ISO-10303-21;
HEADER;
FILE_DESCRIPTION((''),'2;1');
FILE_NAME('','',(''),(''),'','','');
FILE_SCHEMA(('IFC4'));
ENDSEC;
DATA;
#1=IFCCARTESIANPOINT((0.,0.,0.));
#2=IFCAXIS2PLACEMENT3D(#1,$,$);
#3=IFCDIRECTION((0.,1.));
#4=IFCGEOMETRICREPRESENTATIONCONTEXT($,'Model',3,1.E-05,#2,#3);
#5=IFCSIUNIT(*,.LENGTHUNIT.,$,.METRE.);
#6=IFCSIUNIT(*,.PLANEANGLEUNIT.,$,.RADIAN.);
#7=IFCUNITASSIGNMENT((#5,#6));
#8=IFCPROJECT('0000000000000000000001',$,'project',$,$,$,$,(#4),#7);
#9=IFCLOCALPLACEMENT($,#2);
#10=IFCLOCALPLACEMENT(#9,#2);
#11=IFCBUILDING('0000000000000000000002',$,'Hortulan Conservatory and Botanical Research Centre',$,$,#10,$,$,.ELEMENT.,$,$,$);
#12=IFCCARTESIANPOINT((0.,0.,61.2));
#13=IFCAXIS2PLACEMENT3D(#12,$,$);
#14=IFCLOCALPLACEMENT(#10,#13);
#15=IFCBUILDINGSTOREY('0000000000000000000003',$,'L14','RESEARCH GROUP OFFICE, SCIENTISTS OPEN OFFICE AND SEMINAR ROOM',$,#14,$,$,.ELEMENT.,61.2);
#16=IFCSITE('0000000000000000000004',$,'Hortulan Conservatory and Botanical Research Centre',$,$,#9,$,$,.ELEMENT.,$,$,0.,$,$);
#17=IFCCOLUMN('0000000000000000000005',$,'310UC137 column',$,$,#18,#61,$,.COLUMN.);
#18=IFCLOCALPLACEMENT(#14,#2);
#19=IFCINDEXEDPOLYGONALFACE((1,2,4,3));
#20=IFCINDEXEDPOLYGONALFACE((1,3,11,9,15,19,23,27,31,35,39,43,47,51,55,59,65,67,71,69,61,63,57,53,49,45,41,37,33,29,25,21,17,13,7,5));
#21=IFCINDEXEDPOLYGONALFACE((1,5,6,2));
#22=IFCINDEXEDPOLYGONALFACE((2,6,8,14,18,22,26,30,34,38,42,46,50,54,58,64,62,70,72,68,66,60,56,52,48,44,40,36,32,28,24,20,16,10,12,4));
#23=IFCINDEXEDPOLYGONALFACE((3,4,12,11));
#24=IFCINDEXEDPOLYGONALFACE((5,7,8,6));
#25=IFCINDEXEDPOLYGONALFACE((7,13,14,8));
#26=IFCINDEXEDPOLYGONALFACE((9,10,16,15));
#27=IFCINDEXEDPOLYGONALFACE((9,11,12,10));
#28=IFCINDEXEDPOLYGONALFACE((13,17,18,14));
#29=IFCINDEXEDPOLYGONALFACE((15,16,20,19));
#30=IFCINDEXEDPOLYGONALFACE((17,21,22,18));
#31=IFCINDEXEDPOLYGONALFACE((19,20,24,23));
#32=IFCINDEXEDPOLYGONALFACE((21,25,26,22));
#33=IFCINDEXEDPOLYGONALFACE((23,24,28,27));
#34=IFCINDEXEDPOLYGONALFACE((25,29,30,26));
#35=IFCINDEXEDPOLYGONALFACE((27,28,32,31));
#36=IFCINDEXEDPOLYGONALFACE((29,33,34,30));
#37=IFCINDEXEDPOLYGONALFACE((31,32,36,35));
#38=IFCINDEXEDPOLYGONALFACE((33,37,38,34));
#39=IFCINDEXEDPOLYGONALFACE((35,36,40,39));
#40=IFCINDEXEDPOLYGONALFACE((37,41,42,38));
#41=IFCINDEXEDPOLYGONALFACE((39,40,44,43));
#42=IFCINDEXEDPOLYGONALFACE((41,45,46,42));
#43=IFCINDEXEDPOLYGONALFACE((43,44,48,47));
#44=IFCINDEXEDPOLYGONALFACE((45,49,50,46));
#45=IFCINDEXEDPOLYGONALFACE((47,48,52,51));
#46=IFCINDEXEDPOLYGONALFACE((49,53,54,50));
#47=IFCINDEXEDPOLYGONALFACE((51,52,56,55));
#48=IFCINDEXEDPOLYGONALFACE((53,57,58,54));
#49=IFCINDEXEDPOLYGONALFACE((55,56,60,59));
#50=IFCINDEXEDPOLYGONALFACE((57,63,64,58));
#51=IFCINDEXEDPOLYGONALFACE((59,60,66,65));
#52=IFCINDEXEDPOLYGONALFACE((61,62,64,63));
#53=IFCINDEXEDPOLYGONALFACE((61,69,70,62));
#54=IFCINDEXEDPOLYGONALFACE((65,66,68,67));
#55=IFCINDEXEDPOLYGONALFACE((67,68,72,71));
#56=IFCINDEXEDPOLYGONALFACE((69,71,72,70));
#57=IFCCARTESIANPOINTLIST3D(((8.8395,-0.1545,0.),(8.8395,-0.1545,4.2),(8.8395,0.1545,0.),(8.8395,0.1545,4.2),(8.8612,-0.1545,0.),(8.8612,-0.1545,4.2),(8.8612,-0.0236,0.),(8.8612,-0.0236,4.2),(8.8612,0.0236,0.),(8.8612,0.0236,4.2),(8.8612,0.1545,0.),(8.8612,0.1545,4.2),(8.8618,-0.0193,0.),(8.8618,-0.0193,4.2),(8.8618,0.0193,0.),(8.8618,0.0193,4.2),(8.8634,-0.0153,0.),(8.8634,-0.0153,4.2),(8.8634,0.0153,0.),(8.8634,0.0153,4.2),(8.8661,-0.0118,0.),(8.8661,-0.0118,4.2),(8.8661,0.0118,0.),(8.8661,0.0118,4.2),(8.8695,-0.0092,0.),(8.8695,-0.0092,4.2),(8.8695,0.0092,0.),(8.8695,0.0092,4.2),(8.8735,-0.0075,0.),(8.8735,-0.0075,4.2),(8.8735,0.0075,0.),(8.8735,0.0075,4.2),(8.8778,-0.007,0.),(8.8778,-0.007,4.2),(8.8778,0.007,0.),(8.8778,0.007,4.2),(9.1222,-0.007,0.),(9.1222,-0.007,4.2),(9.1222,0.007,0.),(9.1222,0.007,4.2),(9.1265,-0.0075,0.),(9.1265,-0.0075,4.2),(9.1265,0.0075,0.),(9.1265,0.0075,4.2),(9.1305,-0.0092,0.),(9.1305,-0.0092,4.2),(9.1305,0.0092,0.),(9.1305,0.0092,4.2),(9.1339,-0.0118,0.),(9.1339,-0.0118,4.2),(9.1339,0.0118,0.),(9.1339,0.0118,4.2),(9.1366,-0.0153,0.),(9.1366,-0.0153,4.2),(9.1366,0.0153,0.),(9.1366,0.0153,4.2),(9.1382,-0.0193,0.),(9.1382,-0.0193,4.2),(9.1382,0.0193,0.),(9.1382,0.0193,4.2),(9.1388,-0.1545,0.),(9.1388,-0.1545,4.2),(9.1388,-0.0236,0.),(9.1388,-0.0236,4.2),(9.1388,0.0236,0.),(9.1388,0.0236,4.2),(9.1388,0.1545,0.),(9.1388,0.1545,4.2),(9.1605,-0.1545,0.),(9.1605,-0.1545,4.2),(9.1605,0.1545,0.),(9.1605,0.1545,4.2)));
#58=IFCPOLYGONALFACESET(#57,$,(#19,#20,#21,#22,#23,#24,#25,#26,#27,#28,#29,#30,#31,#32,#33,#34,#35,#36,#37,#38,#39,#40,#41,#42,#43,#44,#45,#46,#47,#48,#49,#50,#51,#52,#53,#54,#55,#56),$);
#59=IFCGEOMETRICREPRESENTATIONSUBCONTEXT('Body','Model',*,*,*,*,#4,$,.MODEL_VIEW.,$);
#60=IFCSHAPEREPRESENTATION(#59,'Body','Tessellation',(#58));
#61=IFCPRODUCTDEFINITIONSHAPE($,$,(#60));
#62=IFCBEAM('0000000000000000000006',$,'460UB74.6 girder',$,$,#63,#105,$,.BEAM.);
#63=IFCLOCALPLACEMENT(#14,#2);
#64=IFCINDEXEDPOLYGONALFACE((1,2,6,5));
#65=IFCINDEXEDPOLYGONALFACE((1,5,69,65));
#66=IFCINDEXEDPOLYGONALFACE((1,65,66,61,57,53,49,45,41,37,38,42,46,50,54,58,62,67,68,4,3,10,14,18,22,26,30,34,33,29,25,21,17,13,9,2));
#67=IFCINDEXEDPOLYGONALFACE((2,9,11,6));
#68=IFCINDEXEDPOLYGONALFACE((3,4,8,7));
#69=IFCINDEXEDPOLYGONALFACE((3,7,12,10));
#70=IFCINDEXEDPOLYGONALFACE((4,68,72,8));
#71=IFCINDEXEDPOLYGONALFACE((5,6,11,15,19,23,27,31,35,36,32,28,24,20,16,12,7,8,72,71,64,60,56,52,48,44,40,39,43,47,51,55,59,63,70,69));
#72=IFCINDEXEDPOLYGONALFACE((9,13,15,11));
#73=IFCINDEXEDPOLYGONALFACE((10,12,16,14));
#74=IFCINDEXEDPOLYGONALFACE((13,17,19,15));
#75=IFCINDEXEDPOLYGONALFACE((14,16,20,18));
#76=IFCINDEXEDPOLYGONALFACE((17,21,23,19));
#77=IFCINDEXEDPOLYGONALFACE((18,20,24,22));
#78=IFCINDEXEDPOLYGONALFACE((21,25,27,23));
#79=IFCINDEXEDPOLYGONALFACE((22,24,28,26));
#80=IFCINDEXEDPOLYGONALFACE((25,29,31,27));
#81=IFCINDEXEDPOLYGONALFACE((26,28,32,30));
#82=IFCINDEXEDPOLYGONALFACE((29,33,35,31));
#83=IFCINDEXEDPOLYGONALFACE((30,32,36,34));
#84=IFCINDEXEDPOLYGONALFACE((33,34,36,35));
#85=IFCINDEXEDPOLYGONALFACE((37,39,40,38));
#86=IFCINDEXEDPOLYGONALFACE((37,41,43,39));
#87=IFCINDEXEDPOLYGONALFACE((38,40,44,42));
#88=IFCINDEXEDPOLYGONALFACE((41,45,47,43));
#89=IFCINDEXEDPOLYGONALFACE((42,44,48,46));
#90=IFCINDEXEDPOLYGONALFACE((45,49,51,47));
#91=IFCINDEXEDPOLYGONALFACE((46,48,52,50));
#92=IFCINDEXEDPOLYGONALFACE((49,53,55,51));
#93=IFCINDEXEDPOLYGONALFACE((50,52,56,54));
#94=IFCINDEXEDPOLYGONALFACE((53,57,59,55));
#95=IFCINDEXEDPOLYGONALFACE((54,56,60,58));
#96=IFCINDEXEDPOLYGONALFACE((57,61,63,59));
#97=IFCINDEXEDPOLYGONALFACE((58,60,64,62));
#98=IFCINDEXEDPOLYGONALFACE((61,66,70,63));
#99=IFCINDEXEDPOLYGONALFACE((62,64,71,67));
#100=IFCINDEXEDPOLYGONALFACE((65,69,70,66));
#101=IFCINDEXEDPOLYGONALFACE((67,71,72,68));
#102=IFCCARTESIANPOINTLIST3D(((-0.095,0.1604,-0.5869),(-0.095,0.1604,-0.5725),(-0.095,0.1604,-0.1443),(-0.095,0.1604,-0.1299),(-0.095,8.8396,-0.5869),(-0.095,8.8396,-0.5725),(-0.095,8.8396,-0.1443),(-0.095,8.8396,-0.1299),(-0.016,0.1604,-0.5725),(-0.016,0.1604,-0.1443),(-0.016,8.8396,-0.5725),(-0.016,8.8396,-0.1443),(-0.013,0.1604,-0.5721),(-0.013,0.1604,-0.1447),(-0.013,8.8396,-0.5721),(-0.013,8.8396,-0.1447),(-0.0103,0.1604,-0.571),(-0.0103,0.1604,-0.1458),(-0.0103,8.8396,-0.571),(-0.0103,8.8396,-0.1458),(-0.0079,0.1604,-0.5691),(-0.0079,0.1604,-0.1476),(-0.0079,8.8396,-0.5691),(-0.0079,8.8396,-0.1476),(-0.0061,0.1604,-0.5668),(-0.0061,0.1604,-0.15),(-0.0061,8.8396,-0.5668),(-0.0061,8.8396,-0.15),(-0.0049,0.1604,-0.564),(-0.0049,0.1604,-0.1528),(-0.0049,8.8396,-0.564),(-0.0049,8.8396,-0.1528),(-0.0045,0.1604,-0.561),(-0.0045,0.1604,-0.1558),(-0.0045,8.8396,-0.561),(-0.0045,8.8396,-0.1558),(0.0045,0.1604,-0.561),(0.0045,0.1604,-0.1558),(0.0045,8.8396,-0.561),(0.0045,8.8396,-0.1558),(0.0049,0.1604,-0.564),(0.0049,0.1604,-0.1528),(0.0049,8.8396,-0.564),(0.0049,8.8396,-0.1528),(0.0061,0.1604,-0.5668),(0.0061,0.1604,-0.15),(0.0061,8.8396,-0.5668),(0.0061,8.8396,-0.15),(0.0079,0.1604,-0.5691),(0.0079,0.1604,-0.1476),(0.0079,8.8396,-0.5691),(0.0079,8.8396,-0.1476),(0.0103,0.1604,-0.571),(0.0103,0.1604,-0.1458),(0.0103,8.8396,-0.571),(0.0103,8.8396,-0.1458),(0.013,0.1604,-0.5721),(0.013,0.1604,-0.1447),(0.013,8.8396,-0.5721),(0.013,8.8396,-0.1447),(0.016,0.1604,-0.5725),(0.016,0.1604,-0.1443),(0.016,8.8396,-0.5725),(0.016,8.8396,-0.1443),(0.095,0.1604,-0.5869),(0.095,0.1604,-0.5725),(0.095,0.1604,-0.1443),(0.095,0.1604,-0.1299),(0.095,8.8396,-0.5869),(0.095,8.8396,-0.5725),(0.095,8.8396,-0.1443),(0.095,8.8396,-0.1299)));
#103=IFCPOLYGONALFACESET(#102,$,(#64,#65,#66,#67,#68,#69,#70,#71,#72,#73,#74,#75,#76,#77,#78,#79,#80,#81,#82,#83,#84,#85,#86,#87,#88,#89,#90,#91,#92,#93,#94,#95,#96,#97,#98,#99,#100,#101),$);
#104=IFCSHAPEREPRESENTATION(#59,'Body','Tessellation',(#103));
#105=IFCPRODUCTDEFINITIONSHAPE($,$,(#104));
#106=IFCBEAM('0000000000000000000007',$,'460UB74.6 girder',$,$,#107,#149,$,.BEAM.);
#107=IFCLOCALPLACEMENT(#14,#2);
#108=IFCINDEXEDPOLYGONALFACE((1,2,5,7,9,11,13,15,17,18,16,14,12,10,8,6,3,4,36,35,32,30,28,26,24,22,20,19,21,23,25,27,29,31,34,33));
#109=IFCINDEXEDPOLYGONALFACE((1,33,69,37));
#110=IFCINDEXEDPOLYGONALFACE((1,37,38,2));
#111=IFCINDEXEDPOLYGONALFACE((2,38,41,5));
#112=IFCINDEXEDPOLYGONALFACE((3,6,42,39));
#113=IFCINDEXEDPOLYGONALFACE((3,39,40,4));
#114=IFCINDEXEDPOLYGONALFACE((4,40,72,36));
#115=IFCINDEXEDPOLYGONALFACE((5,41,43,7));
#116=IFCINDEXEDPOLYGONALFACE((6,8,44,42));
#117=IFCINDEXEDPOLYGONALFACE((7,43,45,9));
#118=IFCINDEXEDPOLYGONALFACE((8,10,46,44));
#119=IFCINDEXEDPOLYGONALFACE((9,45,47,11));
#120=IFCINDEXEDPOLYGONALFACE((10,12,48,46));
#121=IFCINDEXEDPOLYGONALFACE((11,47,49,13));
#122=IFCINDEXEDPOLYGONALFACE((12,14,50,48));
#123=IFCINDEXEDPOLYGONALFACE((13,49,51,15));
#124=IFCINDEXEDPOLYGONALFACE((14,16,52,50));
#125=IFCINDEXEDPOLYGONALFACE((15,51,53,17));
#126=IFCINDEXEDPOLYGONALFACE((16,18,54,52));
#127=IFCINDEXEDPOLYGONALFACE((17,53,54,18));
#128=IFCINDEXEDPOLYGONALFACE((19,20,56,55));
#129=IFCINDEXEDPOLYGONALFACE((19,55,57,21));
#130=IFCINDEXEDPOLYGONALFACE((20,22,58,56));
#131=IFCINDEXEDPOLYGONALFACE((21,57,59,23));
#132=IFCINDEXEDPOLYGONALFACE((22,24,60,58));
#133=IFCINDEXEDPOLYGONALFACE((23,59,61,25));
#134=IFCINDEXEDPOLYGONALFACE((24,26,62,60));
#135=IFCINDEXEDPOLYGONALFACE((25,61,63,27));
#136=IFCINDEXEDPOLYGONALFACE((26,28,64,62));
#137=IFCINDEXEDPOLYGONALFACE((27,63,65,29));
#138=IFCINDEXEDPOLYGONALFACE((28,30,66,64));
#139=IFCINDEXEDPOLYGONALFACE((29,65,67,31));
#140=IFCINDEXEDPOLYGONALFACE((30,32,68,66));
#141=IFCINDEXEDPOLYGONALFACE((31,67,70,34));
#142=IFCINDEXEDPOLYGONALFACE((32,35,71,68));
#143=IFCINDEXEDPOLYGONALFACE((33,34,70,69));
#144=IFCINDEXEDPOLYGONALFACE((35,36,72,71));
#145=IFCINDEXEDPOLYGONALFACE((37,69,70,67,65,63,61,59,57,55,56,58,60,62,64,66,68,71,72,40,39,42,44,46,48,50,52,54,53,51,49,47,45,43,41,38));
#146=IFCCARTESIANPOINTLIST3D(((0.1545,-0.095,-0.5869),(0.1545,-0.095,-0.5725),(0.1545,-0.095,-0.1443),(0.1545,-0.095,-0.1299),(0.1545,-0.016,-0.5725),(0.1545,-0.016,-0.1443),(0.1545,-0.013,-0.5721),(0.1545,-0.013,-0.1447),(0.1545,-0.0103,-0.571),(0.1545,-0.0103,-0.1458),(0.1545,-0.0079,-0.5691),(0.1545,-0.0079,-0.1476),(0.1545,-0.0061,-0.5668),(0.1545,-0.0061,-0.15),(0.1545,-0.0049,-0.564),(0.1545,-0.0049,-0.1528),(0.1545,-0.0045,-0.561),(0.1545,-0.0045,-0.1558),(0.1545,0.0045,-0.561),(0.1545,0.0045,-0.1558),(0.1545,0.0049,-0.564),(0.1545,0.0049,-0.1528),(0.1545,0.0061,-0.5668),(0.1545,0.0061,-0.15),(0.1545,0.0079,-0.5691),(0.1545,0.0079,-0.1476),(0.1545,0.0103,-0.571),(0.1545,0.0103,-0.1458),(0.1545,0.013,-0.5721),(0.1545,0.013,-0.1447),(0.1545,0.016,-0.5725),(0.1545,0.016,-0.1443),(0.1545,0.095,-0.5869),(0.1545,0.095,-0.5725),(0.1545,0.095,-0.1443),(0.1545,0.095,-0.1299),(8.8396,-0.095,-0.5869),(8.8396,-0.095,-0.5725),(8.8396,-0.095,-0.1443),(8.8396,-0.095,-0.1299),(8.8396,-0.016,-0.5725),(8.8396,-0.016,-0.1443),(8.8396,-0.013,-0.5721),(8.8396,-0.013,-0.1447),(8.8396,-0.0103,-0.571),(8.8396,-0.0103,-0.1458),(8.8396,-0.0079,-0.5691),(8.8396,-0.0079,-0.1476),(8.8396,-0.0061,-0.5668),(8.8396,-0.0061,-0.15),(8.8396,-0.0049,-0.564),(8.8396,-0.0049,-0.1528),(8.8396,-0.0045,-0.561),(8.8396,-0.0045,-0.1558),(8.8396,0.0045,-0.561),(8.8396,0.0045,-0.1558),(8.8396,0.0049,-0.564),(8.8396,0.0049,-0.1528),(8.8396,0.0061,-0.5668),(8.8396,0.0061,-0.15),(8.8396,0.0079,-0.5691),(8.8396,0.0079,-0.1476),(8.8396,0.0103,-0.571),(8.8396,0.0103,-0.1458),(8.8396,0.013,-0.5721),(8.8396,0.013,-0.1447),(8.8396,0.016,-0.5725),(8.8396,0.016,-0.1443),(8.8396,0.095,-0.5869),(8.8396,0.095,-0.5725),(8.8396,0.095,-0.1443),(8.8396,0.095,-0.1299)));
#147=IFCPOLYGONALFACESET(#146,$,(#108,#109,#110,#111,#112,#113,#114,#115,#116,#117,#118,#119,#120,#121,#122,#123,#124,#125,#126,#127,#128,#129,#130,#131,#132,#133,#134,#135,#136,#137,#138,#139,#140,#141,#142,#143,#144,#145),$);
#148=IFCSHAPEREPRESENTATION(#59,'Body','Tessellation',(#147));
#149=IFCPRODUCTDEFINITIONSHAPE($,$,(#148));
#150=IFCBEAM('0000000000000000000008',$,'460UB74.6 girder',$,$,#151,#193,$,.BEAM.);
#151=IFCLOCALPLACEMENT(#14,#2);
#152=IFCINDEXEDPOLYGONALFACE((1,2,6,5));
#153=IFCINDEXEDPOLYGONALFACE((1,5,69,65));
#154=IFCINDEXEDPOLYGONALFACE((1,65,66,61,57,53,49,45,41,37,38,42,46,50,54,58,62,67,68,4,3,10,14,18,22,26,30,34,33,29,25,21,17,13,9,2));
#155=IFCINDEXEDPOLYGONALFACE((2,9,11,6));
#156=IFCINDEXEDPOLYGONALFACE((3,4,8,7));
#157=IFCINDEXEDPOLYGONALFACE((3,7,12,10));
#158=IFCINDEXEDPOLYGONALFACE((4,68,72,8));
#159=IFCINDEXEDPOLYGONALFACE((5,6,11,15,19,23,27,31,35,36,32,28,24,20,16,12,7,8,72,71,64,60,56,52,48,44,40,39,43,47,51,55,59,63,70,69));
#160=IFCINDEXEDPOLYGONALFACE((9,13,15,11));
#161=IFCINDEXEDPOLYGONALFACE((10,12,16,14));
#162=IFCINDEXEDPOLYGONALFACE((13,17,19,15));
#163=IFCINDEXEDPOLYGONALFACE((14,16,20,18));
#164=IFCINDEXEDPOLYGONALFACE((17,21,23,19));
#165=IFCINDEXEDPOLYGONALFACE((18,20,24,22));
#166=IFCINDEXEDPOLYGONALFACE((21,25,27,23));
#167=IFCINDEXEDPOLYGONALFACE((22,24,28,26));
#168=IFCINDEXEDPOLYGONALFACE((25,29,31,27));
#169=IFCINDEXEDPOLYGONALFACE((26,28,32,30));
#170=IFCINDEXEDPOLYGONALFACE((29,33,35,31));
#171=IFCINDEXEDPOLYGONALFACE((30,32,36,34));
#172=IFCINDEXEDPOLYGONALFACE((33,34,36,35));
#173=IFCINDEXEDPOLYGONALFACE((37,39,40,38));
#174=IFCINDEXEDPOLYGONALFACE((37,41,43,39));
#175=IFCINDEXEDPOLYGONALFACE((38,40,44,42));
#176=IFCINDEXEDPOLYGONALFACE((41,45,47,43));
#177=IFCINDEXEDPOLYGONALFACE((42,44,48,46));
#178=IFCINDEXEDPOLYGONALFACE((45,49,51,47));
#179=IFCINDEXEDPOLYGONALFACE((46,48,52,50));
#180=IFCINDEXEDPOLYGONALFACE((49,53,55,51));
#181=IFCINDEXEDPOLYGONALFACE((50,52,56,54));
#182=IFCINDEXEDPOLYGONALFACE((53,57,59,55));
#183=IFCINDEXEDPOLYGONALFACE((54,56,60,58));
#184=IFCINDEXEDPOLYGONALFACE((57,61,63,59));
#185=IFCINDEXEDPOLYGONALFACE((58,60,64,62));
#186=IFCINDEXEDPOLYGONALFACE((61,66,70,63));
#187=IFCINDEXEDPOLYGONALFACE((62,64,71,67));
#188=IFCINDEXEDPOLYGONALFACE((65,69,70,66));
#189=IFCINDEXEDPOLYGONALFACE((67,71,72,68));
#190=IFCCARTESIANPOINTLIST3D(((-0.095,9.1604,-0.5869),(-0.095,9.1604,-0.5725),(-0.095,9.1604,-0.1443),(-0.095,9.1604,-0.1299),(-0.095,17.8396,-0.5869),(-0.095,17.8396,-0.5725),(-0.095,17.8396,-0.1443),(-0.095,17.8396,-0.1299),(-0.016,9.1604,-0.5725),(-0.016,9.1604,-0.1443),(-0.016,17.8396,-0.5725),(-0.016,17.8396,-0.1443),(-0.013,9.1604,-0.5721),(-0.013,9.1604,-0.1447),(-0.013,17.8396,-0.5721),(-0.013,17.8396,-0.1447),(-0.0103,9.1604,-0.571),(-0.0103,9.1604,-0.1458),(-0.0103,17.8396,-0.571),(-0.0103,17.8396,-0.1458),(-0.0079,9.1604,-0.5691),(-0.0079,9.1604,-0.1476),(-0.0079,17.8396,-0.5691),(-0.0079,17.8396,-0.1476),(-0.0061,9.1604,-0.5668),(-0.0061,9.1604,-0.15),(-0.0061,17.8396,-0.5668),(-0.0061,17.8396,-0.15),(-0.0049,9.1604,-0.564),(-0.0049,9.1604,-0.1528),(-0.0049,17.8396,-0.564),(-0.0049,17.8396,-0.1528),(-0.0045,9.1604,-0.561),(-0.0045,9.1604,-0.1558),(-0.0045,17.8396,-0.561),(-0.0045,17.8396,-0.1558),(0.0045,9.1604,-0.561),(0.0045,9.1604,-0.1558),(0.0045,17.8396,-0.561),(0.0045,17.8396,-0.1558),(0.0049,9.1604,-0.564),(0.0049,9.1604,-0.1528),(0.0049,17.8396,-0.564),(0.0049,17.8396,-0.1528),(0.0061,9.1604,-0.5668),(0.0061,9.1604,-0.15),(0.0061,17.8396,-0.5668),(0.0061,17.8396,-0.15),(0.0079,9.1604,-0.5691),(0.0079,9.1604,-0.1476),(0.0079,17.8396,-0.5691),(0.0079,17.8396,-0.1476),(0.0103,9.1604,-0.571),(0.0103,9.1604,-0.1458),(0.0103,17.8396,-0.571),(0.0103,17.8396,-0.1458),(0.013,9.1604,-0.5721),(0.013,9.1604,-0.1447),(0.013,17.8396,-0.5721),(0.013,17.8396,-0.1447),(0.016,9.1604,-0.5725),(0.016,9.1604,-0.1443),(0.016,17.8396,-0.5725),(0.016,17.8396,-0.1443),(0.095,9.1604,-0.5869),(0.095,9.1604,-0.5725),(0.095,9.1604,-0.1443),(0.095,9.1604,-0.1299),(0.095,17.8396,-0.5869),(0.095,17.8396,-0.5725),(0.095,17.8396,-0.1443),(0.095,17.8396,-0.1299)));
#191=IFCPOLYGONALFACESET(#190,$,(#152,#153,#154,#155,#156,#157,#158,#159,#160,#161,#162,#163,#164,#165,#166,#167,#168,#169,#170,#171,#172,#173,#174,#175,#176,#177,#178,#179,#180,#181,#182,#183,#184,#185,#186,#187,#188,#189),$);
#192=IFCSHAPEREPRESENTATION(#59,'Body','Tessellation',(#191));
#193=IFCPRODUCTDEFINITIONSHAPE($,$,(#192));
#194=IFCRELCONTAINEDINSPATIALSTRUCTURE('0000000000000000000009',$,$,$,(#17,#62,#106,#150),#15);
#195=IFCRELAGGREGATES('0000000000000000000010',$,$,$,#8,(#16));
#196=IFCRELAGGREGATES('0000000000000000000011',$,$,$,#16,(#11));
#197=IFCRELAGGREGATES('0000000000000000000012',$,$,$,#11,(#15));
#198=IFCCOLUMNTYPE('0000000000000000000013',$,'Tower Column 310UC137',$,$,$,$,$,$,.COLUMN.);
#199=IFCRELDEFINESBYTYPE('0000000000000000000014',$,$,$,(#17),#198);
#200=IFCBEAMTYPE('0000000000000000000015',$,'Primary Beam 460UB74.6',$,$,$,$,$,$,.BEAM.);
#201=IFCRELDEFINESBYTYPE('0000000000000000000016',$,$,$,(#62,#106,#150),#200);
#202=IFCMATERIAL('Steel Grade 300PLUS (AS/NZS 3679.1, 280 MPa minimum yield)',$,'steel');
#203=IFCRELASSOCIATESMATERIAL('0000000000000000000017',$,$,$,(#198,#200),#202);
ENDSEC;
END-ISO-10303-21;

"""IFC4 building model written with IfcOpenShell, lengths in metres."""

from ifc_helpers import new_model, si_unit, direction, frame, origin, origin_2d, place, context, subcontext, project, spatial, i_section, extrude, material, material_profile, profile_set, type_object, element, save


model = new_model("IFC4")

# Units and contexts
model_context = context("Model", 3, precision=1e-05, world=origin(), true_north=direction((0.0, 1.0)))
body_context = subcontext(model_context, "Body", "Model", "MODEL_VIEW")
ifc_project = project(units=[si_unit("LENGTHUNIT", "METRE"), si_unit("PLANEANGLEUNIT", "RADIAN")], contexts=[model_context])

# Site, building, storey
site_placement = place(None, origin())
site = spatial("IfcSite", under=ifc_project, at=site_placement, Name="Hortulan Conservatory and Botanical Research Centre", CompositionType="ELEMENT", RefElevation=0.0)
building_placement = place(site_placement, origin())
building = spatial("IfcBuilding", under=site, at=building_placement, Name="Hortulan Conservatory and Botanical Research Centre", CompositionType="ELEMENT")
storey_placement = place(building_placement, frame((0.0, 0.0, 61.2)))
storey = spatial("IfcBuildingStorey", under=building, at=storey_placement, Name="L14", Description="RESEARCH GROUP OFFICE, SCIENTISTS OPEN OFFICE AND SEMINAR ROOM", CompositionType="ELEMENT", Elevation=61.2)

# Column
ifc_material_1 = material(Name="Steel Grade 300PLUS (AS/NZS 3679.1, 280 MPa minimum yield)", Category="steel")
ifc_material_profile_1 = material_profile(ifc_material_1, i_section(OverallWidth=0.3091, OverallDepth=0.321, WebThickness=0.0139, FlangeThickness=0.0217, FilletRadius=0.0166, at=origin_2d()), Name="310UC137")
ifc_profile_set_1 = profile_set([ifc_material_profile_1], Name="Steel Grade 300PLUS (AS/NZS 3679.1, 280 MPa minimum yield)")
column_type = type_object("IfcColumnType", Name="Tower Column 310UC137", PredefinedType="COLUMN", material=ifc_profile_set_1)
column_placement = place(storey_placement, frame((9.0, 0.0, 0.0), z_axis=(0.0, 0.0, 1.0), x_axis=(0.0, 1.0, 0.0)))
element("IfcColumn", 1, at=column_placement, inside=storey, type_object=column_type, Name="310UC137 column", PredefinedType="COLUMN", context=body_context, shape_type="SweptSolid", body=[
    extrude(i_section(OverallWidth=0.3091, OverallDepth=0.321, WebThickness=0.0139, FlangeThickness=0.0217, FilletRadius=0.0166, at=origin_2d()), origin(), (0.0, 0.0, 1.0), 4.2),
])

# Beams
ifc_material_profile_2 = material_profile(ifc_material_1, i_section(OverallWidth=0.1899, OverallDepth=0.457, WebThickness=0.009, FlangeThickness=0.0144, FilletRadius=0.0115, at=origin_2d()), Name="460UB74.6")
ifc_profile_set_2 = profile_set([ifc_material_profile_2], Name="Steel Grade 300PLUS (AS/NZS 3679.1, 280 MPa minimum yield)")
beam_type_1 = type_object("IfcBeamType", Name="Primary Beam 460UB74.6", PredefinedType="BEAM", material=ifc_profile_set_2)
beam_1_placement = place(storey_placement, frame((0.0, 0.1604, -0.3584), z_axis=(0.0, 1.0, 0.0), x_axis=(-1.0, 0.0, 0.0)))
element("IfcBeam", 2, at=beam_1_placement, inside=storey, type_object=beam_type_1, Name="460UB74.6 girder", PredefinedType="BEAM", context=body_context, shape_type="SweptSolid", body=[
    extrude(i_section(OverallWidth=0.1899, OverallDepth=0.457, WebThickness=0.009, FlangeThickness=0.0144, FilletRadius=0.0115, at=origin_2d()), origin(), (0.0, 0.0, 1.0), 8.6792),
])
beam_2_placement = place(storey_placement, frame((0.1545, 0.0, -0.3584), z_axis=(1.0, 0.0, 0.0), x_axis=(0.0, 1.0, 0.0)))
element("IfcBeam", 3, at=beam_2_placement, inside=storey, type_object=beam_type_1, Name="460UB74.6 girder", PredefinedType="BEAM", context=body_context, shape_type="SweptSolid", body=[
    extrude(i_section(OverallWidth=0.1899, OverallDepth=0.457, WebThickness=0.009, FlangeThickness=0.0144, FilletRadius=0.0115, at=origin_2d()), origin(), (0.0, 0.0, 1.0), 8.6851),
])
beam_3_placement = place(storey_placement, frame((0.0, 9.1604, -0.3584), z_axis=(0.0, 1.0, 0.0), x_axis=(-1.0, 0.0, 0.0)))
element("IfcBeam", 4, at=beam_3_placement, inside=storey, type_object=beam_type_1, Name="460UB74.6 girder", PredefinedType="BEAM", context=body_context, shape_type="SweptSolid", body=[
    extrude(i_section(OverallWidth=0.1899, OverallDepth=0.457, WebThickness=0.009, FlangeThickness=0.0144, FilletRadius=0.0115, at=origin_2d()), origin(), (0.0, 0.0, 1.0), 8.6792),
])

save(model, "model.ifc")
